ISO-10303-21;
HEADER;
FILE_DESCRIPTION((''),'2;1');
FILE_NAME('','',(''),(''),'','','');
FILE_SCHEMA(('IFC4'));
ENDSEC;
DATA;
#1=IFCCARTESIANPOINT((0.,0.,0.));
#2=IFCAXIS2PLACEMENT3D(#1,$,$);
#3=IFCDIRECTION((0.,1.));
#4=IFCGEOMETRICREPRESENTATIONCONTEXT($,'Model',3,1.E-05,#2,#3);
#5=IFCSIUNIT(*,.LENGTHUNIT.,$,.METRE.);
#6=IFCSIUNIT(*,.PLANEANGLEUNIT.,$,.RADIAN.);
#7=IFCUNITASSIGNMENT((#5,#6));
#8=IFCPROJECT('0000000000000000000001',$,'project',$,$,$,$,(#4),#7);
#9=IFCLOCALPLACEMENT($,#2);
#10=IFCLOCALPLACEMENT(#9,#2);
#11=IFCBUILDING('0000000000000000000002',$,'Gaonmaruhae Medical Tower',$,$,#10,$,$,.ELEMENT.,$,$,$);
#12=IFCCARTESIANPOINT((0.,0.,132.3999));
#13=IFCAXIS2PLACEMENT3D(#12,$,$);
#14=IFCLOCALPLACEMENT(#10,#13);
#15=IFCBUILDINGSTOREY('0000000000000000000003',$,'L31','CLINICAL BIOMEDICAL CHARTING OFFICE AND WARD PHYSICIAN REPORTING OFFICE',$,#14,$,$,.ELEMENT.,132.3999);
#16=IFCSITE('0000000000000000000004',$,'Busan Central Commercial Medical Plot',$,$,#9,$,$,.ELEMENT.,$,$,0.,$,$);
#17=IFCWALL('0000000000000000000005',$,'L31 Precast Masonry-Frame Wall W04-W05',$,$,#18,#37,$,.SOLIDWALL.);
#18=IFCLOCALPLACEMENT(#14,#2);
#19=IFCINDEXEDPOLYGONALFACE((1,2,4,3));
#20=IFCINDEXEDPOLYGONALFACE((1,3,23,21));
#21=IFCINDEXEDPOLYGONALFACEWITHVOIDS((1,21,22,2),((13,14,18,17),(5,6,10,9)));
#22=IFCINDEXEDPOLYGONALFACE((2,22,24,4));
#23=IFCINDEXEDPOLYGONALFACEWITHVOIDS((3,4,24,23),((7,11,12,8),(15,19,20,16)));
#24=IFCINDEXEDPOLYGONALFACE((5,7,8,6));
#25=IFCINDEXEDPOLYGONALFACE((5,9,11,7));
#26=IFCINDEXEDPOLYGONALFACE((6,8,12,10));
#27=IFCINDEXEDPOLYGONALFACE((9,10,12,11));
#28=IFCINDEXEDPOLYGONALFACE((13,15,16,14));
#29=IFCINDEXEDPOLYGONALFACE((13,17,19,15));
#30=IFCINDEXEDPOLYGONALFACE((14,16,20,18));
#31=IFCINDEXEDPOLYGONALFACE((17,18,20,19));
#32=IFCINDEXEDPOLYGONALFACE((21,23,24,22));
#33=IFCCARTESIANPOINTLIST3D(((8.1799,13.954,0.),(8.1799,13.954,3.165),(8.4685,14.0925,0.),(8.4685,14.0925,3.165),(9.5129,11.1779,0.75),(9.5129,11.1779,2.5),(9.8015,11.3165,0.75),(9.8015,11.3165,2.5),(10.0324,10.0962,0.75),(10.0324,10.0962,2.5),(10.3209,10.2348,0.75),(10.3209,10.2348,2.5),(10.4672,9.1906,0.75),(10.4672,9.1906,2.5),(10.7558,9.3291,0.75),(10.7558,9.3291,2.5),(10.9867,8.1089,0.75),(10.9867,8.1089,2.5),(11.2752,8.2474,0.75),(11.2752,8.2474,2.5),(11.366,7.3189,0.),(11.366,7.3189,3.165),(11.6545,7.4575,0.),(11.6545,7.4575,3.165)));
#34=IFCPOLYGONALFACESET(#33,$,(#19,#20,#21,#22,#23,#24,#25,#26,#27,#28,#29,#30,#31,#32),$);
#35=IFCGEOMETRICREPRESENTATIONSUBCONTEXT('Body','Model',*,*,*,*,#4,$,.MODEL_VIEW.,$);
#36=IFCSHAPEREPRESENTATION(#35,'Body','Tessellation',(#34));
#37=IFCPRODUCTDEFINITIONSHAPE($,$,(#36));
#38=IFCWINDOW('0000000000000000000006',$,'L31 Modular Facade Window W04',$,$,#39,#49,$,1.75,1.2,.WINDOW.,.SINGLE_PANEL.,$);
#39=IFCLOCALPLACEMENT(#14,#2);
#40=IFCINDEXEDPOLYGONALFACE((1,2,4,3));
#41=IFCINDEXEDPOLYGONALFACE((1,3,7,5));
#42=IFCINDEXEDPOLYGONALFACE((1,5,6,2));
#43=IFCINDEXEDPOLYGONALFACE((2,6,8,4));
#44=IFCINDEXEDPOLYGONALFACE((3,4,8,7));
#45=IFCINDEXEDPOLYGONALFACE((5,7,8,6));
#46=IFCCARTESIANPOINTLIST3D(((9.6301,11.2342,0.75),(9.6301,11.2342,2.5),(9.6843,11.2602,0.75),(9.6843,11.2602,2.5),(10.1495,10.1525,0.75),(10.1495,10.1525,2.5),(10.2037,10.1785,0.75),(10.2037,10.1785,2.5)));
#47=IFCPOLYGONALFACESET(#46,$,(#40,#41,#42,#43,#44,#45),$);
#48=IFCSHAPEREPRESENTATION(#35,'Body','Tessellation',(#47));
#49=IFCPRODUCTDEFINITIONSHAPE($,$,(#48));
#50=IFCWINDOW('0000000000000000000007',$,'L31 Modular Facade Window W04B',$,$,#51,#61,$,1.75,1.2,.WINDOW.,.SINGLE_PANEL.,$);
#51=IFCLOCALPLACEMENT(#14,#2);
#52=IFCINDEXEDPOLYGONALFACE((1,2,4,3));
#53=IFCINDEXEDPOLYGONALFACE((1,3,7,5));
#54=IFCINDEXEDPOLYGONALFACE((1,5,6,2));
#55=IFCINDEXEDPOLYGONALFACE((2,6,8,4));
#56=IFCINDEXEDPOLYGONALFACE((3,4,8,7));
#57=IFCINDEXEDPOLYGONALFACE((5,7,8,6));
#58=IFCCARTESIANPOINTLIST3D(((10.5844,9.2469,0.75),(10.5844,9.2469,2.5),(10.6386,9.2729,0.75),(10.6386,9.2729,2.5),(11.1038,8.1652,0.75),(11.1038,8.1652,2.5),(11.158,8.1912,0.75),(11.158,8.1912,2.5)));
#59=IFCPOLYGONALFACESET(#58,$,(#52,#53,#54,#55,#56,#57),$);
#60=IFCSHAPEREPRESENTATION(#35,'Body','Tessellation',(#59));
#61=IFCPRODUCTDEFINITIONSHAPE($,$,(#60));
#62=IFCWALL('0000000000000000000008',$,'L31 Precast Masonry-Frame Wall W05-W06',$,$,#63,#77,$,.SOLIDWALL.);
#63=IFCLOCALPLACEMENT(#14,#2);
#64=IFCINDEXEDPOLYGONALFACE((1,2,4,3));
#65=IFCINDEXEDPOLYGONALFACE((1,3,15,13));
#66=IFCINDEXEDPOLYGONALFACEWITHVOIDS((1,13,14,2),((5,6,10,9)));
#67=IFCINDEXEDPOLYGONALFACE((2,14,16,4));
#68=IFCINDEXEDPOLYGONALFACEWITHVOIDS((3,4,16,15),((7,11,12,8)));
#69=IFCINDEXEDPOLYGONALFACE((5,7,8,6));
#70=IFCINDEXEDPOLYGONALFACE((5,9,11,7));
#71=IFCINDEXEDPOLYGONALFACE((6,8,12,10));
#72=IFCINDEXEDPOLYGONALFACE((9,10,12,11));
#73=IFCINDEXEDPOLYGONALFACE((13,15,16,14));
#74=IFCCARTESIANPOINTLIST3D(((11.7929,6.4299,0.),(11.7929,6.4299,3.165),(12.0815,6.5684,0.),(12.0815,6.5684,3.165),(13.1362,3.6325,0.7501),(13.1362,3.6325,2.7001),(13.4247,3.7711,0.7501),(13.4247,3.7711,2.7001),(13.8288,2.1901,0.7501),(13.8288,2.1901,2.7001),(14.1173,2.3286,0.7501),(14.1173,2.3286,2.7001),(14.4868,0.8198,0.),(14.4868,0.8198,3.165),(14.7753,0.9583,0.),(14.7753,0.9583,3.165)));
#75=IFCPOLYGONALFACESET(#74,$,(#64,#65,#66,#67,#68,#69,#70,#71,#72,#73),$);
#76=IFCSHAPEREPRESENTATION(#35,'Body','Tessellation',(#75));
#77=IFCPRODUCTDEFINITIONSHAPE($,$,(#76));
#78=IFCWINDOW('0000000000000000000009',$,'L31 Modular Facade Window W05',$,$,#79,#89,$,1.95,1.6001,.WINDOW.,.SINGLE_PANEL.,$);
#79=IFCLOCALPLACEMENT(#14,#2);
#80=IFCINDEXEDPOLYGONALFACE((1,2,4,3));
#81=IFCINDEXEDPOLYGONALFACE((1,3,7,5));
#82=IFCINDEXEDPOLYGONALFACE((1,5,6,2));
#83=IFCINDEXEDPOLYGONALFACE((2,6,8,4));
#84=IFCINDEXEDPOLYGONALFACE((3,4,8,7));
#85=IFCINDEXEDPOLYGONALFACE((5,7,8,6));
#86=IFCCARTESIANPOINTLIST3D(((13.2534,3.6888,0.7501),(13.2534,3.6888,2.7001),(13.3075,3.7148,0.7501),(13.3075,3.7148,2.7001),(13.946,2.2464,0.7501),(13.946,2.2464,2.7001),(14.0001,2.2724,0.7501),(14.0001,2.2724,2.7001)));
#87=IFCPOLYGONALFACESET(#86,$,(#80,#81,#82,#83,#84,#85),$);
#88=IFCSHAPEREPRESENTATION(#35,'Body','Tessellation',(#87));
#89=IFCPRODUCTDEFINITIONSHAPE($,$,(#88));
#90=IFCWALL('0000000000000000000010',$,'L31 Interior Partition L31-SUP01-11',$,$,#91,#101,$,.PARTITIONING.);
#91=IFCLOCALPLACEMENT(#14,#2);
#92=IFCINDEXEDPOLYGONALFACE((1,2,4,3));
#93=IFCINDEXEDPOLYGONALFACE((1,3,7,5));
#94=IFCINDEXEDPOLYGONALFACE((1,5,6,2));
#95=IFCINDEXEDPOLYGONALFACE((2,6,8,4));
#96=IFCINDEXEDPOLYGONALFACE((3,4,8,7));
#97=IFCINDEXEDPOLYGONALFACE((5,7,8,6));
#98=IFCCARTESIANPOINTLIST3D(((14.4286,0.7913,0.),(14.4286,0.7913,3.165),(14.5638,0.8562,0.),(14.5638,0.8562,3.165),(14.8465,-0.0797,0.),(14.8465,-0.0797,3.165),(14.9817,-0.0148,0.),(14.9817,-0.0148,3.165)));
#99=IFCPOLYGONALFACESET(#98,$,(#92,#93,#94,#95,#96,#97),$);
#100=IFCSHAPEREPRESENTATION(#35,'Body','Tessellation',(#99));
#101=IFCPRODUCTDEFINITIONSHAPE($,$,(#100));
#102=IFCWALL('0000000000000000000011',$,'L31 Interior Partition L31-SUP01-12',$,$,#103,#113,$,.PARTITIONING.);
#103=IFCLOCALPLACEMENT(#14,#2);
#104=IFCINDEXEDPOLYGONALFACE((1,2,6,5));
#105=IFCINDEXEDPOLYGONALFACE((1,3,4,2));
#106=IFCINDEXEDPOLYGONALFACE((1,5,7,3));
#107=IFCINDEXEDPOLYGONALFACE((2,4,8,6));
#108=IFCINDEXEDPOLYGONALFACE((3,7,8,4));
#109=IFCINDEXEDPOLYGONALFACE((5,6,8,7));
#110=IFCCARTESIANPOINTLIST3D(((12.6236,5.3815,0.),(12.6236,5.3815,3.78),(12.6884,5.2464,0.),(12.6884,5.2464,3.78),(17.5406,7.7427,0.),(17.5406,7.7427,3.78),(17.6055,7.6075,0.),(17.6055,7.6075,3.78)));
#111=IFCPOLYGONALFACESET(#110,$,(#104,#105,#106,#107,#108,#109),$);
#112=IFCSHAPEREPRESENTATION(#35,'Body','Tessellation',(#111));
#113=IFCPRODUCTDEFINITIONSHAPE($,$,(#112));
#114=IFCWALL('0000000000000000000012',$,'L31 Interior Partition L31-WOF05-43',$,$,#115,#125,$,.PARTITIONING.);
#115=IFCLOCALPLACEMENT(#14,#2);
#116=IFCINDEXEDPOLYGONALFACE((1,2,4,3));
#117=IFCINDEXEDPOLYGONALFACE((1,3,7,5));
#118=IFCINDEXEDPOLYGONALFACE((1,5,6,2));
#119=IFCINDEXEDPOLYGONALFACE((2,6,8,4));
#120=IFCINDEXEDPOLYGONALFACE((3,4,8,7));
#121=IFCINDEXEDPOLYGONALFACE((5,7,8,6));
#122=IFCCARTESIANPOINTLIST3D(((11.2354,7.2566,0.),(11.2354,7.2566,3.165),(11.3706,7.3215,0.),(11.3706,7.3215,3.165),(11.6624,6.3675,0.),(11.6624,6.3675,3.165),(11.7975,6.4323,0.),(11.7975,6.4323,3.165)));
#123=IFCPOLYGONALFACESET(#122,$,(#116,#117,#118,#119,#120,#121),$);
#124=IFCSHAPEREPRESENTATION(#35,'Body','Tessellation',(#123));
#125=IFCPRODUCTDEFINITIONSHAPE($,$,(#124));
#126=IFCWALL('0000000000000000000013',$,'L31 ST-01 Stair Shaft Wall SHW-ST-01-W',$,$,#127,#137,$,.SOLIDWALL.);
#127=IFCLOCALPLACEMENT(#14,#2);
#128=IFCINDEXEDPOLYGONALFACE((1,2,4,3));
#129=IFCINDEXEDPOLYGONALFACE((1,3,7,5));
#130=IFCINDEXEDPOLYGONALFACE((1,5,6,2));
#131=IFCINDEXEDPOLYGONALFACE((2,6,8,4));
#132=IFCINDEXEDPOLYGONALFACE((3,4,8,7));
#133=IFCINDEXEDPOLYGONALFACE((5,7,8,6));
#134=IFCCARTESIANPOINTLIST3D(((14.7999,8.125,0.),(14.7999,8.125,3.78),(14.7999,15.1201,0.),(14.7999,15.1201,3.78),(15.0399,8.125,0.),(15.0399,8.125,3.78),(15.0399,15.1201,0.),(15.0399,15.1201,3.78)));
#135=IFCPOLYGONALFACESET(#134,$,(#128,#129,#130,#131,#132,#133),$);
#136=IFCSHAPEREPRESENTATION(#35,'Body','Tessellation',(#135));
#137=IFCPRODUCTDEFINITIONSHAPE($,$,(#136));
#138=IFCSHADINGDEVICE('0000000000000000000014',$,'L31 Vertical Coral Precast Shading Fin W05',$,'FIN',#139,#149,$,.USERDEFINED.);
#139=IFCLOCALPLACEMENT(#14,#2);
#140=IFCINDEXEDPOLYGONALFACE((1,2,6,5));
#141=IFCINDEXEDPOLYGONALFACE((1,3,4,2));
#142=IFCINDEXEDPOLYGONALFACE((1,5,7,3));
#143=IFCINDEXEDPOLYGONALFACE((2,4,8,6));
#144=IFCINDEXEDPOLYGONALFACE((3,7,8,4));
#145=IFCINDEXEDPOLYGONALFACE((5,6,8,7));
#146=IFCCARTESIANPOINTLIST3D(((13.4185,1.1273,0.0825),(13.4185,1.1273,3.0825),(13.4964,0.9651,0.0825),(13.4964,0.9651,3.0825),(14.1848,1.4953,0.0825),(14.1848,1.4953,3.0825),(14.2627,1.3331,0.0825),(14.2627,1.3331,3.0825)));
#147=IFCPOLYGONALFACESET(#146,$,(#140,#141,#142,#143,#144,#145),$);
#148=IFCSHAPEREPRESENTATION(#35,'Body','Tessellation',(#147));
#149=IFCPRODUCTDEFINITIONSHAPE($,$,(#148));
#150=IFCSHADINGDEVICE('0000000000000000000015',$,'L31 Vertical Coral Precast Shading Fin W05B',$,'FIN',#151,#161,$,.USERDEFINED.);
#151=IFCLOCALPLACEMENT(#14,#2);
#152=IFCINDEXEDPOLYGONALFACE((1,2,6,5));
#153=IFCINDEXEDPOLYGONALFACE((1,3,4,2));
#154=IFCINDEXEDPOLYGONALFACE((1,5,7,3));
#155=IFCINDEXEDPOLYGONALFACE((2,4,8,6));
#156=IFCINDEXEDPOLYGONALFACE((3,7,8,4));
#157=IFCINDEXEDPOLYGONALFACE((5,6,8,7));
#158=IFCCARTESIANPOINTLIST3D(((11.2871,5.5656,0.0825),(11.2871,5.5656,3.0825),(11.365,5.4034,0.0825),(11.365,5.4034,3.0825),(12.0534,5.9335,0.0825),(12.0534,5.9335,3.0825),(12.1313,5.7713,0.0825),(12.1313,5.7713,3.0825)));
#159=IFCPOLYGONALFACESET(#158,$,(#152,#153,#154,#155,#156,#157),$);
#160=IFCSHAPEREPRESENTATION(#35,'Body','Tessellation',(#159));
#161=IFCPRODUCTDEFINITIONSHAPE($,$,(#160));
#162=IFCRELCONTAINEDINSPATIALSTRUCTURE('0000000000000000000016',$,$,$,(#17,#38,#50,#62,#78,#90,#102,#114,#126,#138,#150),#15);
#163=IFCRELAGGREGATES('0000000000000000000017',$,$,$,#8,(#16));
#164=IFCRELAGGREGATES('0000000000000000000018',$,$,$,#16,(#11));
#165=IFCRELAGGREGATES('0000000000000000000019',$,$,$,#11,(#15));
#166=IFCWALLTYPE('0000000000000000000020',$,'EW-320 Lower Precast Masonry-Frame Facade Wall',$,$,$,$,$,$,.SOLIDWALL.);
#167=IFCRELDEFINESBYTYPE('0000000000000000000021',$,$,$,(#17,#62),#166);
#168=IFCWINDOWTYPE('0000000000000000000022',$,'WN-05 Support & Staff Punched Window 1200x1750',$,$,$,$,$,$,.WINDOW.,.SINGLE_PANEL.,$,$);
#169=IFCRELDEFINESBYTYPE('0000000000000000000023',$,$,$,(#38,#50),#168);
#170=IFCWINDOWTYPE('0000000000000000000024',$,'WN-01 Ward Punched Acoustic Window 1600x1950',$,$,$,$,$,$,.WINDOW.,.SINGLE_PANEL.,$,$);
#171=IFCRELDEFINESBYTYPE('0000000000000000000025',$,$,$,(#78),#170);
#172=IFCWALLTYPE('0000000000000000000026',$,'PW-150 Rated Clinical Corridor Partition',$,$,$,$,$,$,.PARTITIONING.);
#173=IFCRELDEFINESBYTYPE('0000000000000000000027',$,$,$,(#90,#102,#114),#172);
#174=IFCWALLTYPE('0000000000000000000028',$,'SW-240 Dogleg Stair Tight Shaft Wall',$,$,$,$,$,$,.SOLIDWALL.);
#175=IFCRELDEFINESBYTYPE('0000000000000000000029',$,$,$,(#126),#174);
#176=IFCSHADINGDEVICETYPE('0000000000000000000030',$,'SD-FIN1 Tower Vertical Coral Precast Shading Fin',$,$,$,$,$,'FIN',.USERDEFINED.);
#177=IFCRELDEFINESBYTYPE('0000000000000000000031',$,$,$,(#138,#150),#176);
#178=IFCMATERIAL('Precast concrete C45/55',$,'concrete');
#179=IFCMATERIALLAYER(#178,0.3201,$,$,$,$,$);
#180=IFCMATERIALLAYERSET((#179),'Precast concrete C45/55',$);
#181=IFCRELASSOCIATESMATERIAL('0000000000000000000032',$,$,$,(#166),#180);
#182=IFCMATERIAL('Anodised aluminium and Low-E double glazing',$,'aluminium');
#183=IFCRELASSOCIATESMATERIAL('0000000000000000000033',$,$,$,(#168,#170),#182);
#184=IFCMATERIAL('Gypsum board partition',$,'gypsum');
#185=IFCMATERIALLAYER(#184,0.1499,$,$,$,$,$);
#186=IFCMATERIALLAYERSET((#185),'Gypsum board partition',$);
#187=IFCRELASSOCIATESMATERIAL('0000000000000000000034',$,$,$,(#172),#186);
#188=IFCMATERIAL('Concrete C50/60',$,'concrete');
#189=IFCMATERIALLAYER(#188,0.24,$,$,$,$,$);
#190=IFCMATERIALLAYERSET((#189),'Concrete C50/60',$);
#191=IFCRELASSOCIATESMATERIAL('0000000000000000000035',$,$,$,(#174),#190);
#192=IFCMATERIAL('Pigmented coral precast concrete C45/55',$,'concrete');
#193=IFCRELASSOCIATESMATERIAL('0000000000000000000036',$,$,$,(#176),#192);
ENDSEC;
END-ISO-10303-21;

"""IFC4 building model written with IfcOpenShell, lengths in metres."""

from ifc_helpers import new_model, si_unit, direction, frame, frame_2d, origin, origin_2d, place, context, subcontext, project, spatial, rectangle, extrude, material, layer, layer_set, type_object, element, fill, save


model = new_model("IFC4")

# Units and contexts
model_context = context("Model", 3, precision=1e-05, world=origin(), true_north=direction((0.0, 1.0)))
body_context = subcontext(model_context, "Body", "Model", "MODEL_VIEW")
ifc_project = project(units=[si_unit("LENGTHUNIT", "METRE"), si_unit("PLANEANGLEUNIT", "RADIAN")], contexts=[model_context])

# Site, building, storey
site_placement = place(None, origin())
site = spatial("IfcSite", under=ifc_project, at=site_placement, Name="Busan Central Commercial Medical Plot", CompositionType="ELEMENT", RefElevation=0.0)
building_placement = place(site_placement, origin())
building = spatial("IfcBuilding", under=site, at=building_placement, Name="Gaonmaruhae Medical Tower", CompositionType="ELEMENT")
storey_placement = place(building_placement, frame((0.0, 0.0, 132.3999)))
storey = spatial("IfcBuildingStorey", under=building, at=storey_placement, Name="L31", Description="CLINICAL BIOMEDICAL CHARTING OFFICE AND WARD PHYSICIAN REPORTING OFFICE", CompositionType="ELEMENT", Elevation=132.3999)

# Wall, openings, windows
ifc_material_1 = material(Name="Precast concrete C45/55", Category="concrete")
ifc_layer_1 = layer(ifc_material_1, 0.3201)
ifc_layer_set_1 = layer_set([ifc_layer_1], Name="Precast concrete C45/55")
wall_type_1 = type_object("IfcWallType", Name="EW-320 Lower Precast Masonry-Frame Facade Wall", PredefinedType="SOLIDWALL", material=ifc_layer_set_1)
wall_1_placement = place(storey_placement, frame((11.5103, 7.3882, 0.0), z_axis=(0.0, 0.0, 1.0), x_axis=(-0.432867, 0.901458, 0.0)))
wall_1 = element("IfcWall", 1, at=wall_1_placement, inside=storey, type_object=wall_type_1, Name="L31 Precast Masonry-Frame Wall W04-W05", PredefinedType="SOLIDWALL", context=body_context, shape_type="SweptSolid", body=[
    extrude(rectangle(XDim=7.3604, YDim=0.3201, at=frame_2d((3.6802, 0.0))), origin(), (0.0, 0.0, 1.0), 3.165),
])
opening_1_placement = place(wall_1_placement, frame((3.0808, 0.0, 0.75)))
opening_1 = element("IfcOpeningElement", 2, at=opening_1_placement, cuts=wall_1, PredefinedType="OPENING", context=body_context, shape_type="SweptSolid", body=[
    extrude(rectangle(XDim=1.2, YDim=1.75, at=frame_2d((0.6001, 0.875))), frame((0.0, 0.1699, 0.0), z_axis=(0.0, -1.0, 0.0), x_axis=(1.0, 0.0, 0.0)), (0.0, 0.0, 1.0), 0.3401),
])
opening_2_placement = place(wall_1_placement, frame((0.8762, 0.0, 0.75)))
opening_2 = element("IfcOpeningElement", 3, at=opening_2_placement, cuts=wall_1, PredefinedType="OPENING", context=body_context, shape_type="SweptSolid", body=[
    extrude(rectangle(XDim=1.2, YDim=1.75, at=frame_2d((0.6001, 0.875))), frame((0.0, 0.1699, 0.0), z_axis=(0.0, -1.0, 0.0), x_axis=(1.0, 0.0, 0.0)), (0.0, 0.0, 1.0), 0.3401),
])
ifc_material_2 = material(Name="Anodised aluminium and Low-E double glazing", Category="aluminium")
window_type_1 = type_object("IfcWindowType", Name="WN-05 Support & Staff Punched Window 1200x1750", PartitioningType="SINGLE_PANEL", PredefinedType="WINDOW", material=ifc_material_2)
window_1_placement = place(opening_1_placement, origin())
window_1 = element("IfcWindow", 4, at=window_1_placement, inside=storey, type_object=window_type_1, Name="L31 Modular Facade Window W04", OverallHeight=1.75, OverallWidth=1.2, PartitioningType="SINGLE_PANEL", PredefinedType="WINDOW", context=body_context, shape_type="SweptSolid", body=[
    extrude(rectangle(XDim=1.2, YDim=1.75, at=frame_2d((0.6001, 0.875))), frame((0.0, 0.03, 0.0), z_axis=(0.0, -1.0, 0.0), x_axis=(1.0, 0.0, 0.0)), (0.0, 0.0, 1.0), 0.0601),
])
fill(opening_1, window_1)
window_2_placement = place(opening_2_placement, origin())
window_2 = element("IfcWindow", 5, at=window_2_placement, inside=storey, type_object=window_type_1, Name="L31 Modular Facade Window W04B", OverallHeight=1.75, OverallWidth=1.2, PartitioningType="SINGLE_PANEL", PredefinedType="WINDOW", context=body_context, shape_type="SweptSolid", body=[
    extrude(rectangle(XDim=1.2, YDim=1.75, at=frame_2d((0.6001, 0.875))), frame((0.0, 0.03, 0.0), z_axis=(0.0, -1.0, 0.0), x_axis=(1.0, 0.0, 0.0)), (0.0, 0.0, 1.0), 0.0601),
])
fill(opening_2, window_2)

# Wall, opening, window
wall_2_placement = place(storey_placement, frame((14.6311, 0.8889, 0.0), z_axis=(0.0, 0.0, 1.0), x_axis=(-0.432861, 0.901461, 0.0)))
wall_2 = element("IfcWall", 6, at=wall_2_placement, inside=storey, type_object=wall_type_1, Name="L31 Precast Masonry-Frame Wall W05-W06", PredefinedType="SOLIDWALL", context=body_context, shape_type="SweptSolid", body=[
    extrude(rectangle(XDim=6.2234, YDim=0.3201, at=frame_2d((3.1118, 0.0))), origin(), (0.0, 0.0, 1.0), 3.165),
])
opening_3_placement = place(wall_2_placement, frame((1.5203, 0.0, 0.75)))
opening_3 = element("IfcOpeningElement", 7, at=opening_3_placement, cuts=wall_2, PredefinedType="OPENING", context=body_context, shape_type="SweptSolid", body=[
    extrude(rectangle(XDim=1.6001, YDim=1.95, at=frame_2d((0.8, 0.9751))), frame((0.0, 0.1699, 0.0), z_axis=(0.0, -1.0, 0.0), x_axis=(1.0, 0.0, 0.0)), (0.0, 0.0, 1.0), 0.3401),
])
window_type_2 = type_object("IfcWindowType", Name="WN-01 Ward Punched Acoustic Window 1600x1950", PartitioningType="SINGLE_PANEL", PredefinedType="WINDOW", material=ifc_material_2)
window_3_placement = place(opening_3_placement, origin())
window_3 = element("IfcWindow", 8, at=window_3_placement, inside=storey, type_object=window_type_2, Name="L31 Modular Facade Window W05", OverallHeight=1.95, OverallWidth=1.6001, PartitioningType="SINGLE_PANEL", PredefinedType="WINDOW", context=body_context, shape_type="SweptSolid", body=[
    extrude(rectangle(XDim=1.6001, YDim=1.95, at=frame_2d((0.8, 0.9751))), frame((0.0, 0.03, 0.0), z_axis=(0.0, -1.0, 0.0), x_axis=(1.0, 0.0, 0.0)), (0.0, 0.0, 1.0), 0.0601),
])
fill(opening_3, window_3)

# Walls
ifc_material_3 = material(Name="Gypsum board partition", Category="gypsum")
ifc_layer_2 = layer(ifc_material_3, 0.1499)
ifc_layer_set_2 = layer_set([ifc_layer_2], Name="Gypsum board partition")
wall_type_2 = type_object("IfcWallType", Name="PW-150 Rated Clinical Corridor Partition", PredefinedType="PARTITIONING", material=ifc_layer_set_2)
wall_3_placement = place(storey_placement, frame((14.9141, -0.0471, 0.0), z_axis=(0.0, 0.0, 1.0), x_axis=(-0.4326, 0.901586, 0.0)))
element("IfcWall", 9, at=wall_3_placement, inside=storey, type_object=wall_type_2, Name="L31 Interior Partition L31-SUP01-11", PredefinedType="PARTITIONING", context=body_context, shape_type="SweptSolid", body=[
    extrude(rectangle(XDim=0.9661, YDim=0.1499, at=frame_2d((0.4829, 0.0))), origin(), (0.0, 0.0, 1.0), 3.165),
])
wall_4_placement = place(storey_placement, frame((12.656, 5.314, 0.0), z_axis=(0.0, 0.0, 1.0), x_axis=(0.901457, 0.432869, 0.0)))
element("IfcWall", 10, at=wall_4_placement, inside=storey, type_object=wall_type_2, Name="L31 Interior Partition L31-SUP01-12", PredefinedType="PARTITIONING", context=body_context, shape_type="SweptSolid", body=[
    extrude(rectangle(XDim=5.4546, YDim=0.1499, at=frame_2d((2.7273, 0.0))), origin(), (0.0, 0.0, 1.0), 3.78),
])
wall_5_placement = place(storey_placement, frame((11.73, 6.3999, 0.0), z_axis=(0.0, 0.0, 1.0), x_axis=(-0.4329, 0.901442, 0.0)))
element("IfcWall", 11, at=wall_5_placement, inside=storey, type_object=wall_type_2, Name="L31 Interior Partition L31-WOF05-43", PredefinedType="PARTITIONING", context=body_context, shape_type="SweptSolid", body=[
    extrude(rectangle(XDim=0.9863, YDim=0.1499, at=frame_2d((0.4932, 0.0))), origin(), (0.0, 0.0, 1.0), 3.165),
])
ifc_material_4 = material(Name="Concrete C50/60", Category="concrete")
ifc_layer_3 = layer(ifc_material_4, 0.24)
ifc_layer_set_3 = layer_set([ifc_layer_3], Name="Concrete C50/60")
wall_type_3 = type_object("IfcWallType", Name="SW-240 Dogleg Stair Tight Shaft Wall", PredefinedType="SOLIDWALL", material=ifc_layer_set_3)
wall_6_placement = place(storey_placement, frame((14.9199, 8.125, 0.0), z_axis=(0.0, 0.0, 1.0), x_axis=(0.0, 1.0, 0.0)))
element("IfcWall", 12, at=wall_6_placement, inside=storey, type_object=wall_type_3, Name="L31 ST-01 Stair Shaft Wall SHW-ST-01-W", PredefinedType="SOLIDWALL", context=body_context, shape_type="SweptSolid", body=[
    extrude(rectangle(XDim=6.9951, YDim=0.24, at=frame_2d((3.4976, 0.0))), origin(), (0.0, 0.0, 1.0), 3.78),
])

# Shading devices
ifc_material_5 = material(Name="Pigmented coral precast concrete C45/55", Category="concrete")
shading_device_type = type_object("IfcShadingDeviceType", Name="SD-FIN1 Tower Vertical Coral Precast Shading Fin", ElementType="FIN", PredefinedType="USERDEFINED", material=ifc_material_5)
for number, where, z_axis, x_axis, name in (
    (13, (13.8406, 1.2302, 0.0825), (0.0, 0.0, 1.0), (-0.432873, 0.901455, 0.0), "L31 Vertical Coral Precast Shading Fin W05"),
    (14, (11.7092, 5.6685, 0.0825), (0.0, 0.0, 1.0), (-0.432873, 0.901455, 0.0), "L31 Vertical Coral Precast Shading Fin W05B"),
):
    element("IfcShadingDevice", number, at=place(storey_placement, frame(where, z_axis=z_axis, x_axis=x_axis)), inside=storey, type_object=shading_device_type, Name=name, ObjectType="FIN", PredefinedType="USERDEFINED", context=body_context, shape_type="SweptSolid", body=[
        extrude(rectangle(XDim=0.1799, YDim=0.8501, at=origin_2d()), origin(), (0.0, 0.0, 1.0), 3.0),
    ])

save(model, "model.ifc")
